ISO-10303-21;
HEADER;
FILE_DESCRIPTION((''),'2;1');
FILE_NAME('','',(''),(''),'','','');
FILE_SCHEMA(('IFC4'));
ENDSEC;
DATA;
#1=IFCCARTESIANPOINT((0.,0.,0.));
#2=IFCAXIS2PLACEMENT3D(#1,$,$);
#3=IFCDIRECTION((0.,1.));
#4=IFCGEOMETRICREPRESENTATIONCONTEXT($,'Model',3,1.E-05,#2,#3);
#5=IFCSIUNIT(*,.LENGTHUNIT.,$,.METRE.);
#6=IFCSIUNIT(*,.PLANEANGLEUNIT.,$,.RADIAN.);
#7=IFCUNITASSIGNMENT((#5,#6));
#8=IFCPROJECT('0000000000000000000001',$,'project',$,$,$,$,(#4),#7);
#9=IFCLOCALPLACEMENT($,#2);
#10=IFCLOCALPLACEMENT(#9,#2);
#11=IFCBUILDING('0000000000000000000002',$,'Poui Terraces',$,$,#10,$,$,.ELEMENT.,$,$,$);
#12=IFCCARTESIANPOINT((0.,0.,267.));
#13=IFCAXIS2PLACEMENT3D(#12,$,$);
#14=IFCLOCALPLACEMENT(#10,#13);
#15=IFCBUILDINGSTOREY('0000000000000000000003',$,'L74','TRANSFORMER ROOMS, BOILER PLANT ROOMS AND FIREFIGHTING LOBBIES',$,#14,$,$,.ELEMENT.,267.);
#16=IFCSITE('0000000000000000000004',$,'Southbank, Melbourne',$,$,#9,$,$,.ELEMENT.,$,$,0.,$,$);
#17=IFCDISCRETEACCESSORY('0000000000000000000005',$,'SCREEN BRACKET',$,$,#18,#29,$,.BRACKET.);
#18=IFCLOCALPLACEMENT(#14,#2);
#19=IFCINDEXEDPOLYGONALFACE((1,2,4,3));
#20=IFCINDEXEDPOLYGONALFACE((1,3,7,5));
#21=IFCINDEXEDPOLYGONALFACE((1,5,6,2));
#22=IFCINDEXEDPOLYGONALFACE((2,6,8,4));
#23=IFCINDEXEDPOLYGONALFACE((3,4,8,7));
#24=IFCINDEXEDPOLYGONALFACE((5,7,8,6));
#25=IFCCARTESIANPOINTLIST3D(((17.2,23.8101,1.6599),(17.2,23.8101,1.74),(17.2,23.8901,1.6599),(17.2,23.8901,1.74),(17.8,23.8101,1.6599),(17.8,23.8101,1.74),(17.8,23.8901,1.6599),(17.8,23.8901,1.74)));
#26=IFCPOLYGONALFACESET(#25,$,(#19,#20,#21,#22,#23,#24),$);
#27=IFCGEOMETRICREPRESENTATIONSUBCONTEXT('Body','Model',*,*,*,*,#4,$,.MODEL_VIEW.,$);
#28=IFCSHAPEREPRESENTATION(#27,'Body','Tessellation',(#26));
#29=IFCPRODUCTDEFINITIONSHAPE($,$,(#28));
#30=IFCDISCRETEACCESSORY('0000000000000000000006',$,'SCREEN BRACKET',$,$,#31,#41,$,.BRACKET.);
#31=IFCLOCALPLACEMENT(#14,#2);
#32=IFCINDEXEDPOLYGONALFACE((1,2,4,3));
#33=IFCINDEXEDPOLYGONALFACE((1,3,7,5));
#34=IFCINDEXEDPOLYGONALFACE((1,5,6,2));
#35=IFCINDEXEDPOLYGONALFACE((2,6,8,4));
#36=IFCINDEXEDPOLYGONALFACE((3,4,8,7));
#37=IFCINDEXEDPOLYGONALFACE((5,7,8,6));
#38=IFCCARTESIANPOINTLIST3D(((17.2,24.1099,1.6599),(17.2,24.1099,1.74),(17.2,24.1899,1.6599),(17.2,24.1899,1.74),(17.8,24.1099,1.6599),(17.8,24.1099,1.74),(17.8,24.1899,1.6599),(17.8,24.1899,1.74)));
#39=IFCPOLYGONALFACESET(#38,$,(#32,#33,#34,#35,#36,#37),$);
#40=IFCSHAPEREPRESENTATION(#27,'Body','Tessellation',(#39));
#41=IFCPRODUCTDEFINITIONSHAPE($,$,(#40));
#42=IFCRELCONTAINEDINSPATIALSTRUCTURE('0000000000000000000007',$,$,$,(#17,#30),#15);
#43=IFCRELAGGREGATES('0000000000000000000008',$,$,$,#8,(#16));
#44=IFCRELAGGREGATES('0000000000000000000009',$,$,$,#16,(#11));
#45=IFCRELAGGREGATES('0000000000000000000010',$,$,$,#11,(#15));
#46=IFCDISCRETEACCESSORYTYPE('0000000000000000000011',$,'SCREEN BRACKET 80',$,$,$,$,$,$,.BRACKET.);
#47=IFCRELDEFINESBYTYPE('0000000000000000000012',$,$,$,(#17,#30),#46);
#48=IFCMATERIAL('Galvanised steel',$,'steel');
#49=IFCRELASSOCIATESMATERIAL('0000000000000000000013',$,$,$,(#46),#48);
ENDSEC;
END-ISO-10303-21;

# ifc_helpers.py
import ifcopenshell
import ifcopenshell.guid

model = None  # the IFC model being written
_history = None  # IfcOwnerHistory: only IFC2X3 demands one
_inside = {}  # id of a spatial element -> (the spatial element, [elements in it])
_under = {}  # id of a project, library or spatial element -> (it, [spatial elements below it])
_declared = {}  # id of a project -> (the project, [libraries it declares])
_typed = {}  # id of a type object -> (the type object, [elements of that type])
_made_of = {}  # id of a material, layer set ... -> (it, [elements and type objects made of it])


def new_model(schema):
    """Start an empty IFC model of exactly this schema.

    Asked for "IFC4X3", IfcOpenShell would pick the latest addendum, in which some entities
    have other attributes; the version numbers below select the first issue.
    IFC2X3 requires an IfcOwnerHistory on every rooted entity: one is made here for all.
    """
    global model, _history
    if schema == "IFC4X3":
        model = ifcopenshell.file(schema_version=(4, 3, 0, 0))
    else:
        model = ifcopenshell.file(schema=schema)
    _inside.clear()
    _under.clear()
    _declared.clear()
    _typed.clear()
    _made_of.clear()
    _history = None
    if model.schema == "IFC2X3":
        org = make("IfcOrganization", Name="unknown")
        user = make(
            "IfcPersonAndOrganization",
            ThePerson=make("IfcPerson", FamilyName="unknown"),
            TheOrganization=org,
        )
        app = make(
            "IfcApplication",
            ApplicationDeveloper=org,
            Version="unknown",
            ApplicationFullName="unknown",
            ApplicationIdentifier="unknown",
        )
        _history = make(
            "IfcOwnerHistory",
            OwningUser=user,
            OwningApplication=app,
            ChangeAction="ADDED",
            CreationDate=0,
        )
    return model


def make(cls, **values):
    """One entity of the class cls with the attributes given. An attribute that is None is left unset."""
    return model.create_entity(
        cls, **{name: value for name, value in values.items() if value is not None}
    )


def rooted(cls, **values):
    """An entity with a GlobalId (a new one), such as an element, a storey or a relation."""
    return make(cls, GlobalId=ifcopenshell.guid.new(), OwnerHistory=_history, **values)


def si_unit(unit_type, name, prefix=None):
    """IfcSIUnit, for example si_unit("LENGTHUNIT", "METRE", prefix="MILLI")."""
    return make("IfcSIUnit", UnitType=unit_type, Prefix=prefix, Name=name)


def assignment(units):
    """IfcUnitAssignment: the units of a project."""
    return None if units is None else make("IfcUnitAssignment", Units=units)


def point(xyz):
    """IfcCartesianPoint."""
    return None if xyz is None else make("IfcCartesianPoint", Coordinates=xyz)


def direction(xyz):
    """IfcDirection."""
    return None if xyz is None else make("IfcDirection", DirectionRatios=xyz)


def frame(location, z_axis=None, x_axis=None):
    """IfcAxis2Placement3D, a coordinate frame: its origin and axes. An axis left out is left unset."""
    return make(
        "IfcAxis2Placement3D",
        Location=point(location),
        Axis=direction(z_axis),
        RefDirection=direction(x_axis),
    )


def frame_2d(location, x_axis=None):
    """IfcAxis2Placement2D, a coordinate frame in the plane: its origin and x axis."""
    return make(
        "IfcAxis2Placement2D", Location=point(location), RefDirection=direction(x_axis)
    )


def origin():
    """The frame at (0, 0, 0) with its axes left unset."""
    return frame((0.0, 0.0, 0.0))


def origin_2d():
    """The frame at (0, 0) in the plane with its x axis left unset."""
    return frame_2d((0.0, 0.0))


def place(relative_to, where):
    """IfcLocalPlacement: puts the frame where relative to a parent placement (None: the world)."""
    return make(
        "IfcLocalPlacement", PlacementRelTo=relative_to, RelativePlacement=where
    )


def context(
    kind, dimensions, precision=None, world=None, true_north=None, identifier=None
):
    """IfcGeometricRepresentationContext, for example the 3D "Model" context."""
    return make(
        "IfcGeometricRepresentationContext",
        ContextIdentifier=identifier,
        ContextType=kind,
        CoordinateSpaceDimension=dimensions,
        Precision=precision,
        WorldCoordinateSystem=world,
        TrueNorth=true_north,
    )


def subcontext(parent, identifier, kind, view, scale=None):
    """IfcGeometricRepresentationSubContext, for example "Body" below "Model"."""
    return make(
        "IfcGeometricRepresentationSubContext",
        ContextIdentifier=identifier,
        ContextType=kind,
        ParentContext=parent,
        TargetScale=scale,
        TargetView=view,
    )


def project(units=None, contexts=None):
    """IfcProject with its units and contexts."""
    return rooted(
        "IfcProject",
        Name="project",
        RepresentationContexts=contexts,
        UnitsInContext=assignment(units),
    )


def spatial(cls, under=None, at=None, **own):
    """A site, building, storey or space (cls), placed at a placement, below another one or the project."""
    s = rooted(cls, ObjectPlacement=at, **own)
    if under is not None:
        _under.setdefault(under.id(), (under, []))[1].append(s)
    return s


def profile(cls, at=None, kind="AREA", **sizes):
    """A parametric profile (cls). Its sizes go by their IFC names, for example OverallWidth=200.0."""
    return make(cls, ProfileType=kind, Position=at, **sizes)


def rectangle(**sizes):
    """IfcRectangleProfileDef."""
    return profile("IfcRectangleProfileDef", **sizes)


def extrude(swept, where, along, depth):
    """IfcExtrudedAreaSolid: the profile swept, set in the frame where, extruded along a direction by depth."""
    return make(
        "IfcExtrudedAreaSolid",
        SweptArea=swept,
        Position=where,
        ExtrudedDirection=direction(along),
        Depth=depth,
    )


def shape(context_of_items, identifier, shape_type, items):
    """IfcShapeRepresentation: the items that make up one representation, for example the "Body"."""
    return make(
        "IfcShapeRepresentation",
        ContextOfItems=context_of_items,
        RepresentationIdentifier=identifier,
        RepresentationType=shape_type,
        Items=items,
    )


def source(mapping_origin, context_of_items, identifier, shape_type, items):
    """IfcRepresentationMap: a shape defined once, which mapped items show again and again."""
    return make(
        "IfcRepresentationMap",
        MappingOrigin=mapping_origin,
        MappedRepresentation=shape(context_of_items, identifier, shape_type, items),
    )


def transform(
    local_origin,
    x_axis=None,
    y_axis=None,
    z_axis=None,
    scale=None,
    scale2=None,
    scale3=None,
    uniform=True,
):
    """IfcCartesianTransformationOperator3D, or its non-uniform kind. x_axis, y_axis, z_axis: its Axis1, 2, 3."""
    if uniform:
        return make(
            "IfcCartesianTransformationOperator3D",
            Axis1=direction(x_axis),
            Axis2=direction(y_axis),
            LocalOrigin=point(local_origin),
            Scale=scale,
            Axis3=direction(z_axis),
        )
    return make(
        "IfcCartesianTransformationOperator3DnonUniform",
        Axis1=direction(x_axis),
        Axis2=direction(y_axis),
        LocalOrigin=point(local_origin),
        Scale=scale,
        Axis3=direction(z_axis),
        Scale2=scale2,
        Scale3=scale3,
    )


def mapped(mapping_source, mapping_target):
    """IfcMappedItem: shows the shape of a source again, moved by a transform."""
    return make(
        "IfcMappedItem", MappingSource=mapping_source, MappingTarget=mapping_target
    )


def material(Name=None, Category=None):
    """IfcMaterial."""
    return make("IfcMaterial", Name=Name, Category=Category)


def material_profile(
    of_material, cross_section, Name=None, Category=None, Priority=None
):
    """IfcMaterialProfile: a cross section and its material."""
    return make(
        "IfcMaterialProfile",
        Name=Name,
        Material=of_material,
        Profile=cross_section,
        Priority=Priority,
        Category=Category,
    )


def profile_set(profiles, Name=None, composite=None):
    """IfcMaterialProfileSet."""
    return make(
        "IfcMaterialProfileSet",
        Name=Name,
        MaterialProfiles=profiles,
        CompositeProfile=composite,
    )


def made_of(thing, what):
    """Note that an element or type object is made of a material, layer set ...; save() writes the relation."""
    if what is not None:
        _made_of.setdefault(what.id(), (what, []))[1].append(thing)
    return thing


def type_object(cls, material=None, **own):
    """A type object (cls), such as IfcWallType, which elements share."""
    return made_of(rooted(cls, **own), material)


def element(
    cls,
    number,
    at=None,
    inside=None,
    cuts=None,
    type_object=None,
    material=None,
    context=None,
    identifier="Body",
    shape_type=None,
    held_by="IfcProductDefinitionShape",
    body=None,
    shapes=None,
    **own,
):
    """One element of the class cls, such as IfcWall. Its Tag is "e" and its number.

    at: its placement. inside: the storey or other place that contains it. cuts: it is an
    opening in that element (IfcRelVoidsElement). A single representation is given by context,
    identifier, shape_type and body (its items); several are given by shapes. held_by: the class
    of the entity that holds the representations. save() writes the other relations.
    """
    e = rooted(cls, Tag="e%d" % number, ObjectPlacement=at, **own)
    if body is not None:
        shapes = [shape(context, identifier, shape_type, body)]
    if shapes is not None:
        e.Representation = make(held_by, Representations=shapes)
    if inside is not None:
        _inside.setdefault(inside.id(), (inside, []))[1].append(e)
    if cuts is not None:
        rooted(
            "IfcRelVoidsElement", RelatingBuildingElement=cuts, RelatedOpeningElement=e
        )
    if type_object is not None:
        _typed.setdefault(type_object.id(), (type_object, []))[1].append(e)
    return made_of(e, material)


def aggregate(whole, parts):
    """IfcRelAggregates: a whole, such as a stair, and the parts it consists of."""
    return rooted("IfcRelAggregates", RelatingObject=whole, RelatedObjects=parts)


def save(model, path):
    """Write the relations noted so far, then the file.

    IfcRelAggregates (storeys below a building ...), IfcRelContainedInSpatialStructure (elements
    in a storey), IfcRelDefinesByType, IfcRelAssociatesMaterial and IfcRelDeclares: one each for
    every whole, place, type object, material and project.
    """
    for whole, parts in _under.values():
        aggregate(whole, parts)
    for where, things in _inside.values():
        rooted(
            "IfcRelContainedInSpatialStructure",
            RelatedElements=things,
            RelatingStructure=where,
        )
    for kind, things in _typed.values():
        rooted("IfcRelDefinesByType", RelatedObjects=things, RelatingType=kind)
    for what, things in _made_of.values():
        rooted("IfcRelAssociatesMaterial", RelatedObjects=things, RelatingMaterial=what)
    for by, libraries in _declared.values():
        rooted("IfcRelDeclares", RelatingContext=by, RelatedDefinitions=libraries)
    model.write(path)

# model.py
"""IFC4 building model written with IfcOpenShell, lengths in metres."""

from ifc_helpers import new_model, si_unit, direction, frame, origin, origin_2d, place, context, subcontext, project, spatial, rectangle, extrude, source, transform, mapped, material, material_profile, profile_set, type_object, element, save


model = new_model("IFC4")

# Units and contexts
model_context = context("Model", 3, precision=1e-05, world=origin(), true_north=direction((0.0, 1.0)))
body_context = subcontext(model_context, "Body", "Model", "MODEL_VIEW")
ifc_project = project(units=[si_unit("LENGTHUNIT", "METRE"), si_unit("PLANEANGLEUNIT", "RADIAN")], contexts=[model_context])

# Site, building, storey
site_placement = place(None, origin())
site = spatial("IfcSite", under=ifc_project, at=site_placement, Name="Southbank, Melbourne", CompositionType="ELEMENT", RefElevation=0.0)
building_placement = place(site_placement, origin())
building = spatial("IfcBuilding", under=site, at=building_placement, Name="Poui Terraces", CompositionType="ELEMENT")
storey_placement = place(building_placement, frame((0.0, 0.0, 267.0)))
storey = spatial("IfcBuildingStorey", under=building, at=storey_placement, Name="L74", Description="TRANSFORMER ROOMS, BOILER PLANT ROOMS AND FIREFIGHTING LOBBIES", CompositionType="ELEMENT", Elevation=267.0)

# Discrete accessories
ifc_material_1 = material(Name="Galvanised steel", Category="steel")
ifc_material_profile_1 = material_profile(ifc_material_1, rectangle(XDim=0.0801, YDim=0.0801, at=origin_2d()), Name="SCREEN BRACKET 80")
ifc_profile_set_1 = profile_set([ifc_material_profile_1], Name="Galvanised steel")
discrete_accessory_type = type_object("IfcDiscreteAccessoryType", Name="SCREEN BRACKET 80", PredefinedType="BRACKET", material=ifc_profile_set_1)
shared_shape_1 = source(origin(), body_context, "Body", "SweptSolid", [
    extrude(rectangle(XDim=0.0801, YDim=0.0801, at=origin_2d()), origin(), (0.0, 0.0, 1.0), 0.6001),
])
for number, where, z_axis, x_axis, name in (
    (1, (17.8, 23.8501, 1.7), (-1.0, 0.0, 0.0), (0.0, -1.0, 0.0), "SCREEN BRACKET"),
    (2, (17.8, 24.1499, 1.7), (-1.0, 0.0, 0.0), (0.0, -1.0, 0.0), "SCREEN BRACKET"),
):
    element("IfcDiscreteAccessory", number, at=place(storey_placement, frame(where, z_axis=z_axis, x_axis=x_axis)), inside=storey, type_object=discrete_accessory_type, Name=name, PredefinedType="BRACKET", context=body_context, shape_type="MappedRepresentation", body=[
        mapped(shared_shape_1, transform((0.0, 0.0, 0.0))),
    ])

save(model, "model.ifc")
